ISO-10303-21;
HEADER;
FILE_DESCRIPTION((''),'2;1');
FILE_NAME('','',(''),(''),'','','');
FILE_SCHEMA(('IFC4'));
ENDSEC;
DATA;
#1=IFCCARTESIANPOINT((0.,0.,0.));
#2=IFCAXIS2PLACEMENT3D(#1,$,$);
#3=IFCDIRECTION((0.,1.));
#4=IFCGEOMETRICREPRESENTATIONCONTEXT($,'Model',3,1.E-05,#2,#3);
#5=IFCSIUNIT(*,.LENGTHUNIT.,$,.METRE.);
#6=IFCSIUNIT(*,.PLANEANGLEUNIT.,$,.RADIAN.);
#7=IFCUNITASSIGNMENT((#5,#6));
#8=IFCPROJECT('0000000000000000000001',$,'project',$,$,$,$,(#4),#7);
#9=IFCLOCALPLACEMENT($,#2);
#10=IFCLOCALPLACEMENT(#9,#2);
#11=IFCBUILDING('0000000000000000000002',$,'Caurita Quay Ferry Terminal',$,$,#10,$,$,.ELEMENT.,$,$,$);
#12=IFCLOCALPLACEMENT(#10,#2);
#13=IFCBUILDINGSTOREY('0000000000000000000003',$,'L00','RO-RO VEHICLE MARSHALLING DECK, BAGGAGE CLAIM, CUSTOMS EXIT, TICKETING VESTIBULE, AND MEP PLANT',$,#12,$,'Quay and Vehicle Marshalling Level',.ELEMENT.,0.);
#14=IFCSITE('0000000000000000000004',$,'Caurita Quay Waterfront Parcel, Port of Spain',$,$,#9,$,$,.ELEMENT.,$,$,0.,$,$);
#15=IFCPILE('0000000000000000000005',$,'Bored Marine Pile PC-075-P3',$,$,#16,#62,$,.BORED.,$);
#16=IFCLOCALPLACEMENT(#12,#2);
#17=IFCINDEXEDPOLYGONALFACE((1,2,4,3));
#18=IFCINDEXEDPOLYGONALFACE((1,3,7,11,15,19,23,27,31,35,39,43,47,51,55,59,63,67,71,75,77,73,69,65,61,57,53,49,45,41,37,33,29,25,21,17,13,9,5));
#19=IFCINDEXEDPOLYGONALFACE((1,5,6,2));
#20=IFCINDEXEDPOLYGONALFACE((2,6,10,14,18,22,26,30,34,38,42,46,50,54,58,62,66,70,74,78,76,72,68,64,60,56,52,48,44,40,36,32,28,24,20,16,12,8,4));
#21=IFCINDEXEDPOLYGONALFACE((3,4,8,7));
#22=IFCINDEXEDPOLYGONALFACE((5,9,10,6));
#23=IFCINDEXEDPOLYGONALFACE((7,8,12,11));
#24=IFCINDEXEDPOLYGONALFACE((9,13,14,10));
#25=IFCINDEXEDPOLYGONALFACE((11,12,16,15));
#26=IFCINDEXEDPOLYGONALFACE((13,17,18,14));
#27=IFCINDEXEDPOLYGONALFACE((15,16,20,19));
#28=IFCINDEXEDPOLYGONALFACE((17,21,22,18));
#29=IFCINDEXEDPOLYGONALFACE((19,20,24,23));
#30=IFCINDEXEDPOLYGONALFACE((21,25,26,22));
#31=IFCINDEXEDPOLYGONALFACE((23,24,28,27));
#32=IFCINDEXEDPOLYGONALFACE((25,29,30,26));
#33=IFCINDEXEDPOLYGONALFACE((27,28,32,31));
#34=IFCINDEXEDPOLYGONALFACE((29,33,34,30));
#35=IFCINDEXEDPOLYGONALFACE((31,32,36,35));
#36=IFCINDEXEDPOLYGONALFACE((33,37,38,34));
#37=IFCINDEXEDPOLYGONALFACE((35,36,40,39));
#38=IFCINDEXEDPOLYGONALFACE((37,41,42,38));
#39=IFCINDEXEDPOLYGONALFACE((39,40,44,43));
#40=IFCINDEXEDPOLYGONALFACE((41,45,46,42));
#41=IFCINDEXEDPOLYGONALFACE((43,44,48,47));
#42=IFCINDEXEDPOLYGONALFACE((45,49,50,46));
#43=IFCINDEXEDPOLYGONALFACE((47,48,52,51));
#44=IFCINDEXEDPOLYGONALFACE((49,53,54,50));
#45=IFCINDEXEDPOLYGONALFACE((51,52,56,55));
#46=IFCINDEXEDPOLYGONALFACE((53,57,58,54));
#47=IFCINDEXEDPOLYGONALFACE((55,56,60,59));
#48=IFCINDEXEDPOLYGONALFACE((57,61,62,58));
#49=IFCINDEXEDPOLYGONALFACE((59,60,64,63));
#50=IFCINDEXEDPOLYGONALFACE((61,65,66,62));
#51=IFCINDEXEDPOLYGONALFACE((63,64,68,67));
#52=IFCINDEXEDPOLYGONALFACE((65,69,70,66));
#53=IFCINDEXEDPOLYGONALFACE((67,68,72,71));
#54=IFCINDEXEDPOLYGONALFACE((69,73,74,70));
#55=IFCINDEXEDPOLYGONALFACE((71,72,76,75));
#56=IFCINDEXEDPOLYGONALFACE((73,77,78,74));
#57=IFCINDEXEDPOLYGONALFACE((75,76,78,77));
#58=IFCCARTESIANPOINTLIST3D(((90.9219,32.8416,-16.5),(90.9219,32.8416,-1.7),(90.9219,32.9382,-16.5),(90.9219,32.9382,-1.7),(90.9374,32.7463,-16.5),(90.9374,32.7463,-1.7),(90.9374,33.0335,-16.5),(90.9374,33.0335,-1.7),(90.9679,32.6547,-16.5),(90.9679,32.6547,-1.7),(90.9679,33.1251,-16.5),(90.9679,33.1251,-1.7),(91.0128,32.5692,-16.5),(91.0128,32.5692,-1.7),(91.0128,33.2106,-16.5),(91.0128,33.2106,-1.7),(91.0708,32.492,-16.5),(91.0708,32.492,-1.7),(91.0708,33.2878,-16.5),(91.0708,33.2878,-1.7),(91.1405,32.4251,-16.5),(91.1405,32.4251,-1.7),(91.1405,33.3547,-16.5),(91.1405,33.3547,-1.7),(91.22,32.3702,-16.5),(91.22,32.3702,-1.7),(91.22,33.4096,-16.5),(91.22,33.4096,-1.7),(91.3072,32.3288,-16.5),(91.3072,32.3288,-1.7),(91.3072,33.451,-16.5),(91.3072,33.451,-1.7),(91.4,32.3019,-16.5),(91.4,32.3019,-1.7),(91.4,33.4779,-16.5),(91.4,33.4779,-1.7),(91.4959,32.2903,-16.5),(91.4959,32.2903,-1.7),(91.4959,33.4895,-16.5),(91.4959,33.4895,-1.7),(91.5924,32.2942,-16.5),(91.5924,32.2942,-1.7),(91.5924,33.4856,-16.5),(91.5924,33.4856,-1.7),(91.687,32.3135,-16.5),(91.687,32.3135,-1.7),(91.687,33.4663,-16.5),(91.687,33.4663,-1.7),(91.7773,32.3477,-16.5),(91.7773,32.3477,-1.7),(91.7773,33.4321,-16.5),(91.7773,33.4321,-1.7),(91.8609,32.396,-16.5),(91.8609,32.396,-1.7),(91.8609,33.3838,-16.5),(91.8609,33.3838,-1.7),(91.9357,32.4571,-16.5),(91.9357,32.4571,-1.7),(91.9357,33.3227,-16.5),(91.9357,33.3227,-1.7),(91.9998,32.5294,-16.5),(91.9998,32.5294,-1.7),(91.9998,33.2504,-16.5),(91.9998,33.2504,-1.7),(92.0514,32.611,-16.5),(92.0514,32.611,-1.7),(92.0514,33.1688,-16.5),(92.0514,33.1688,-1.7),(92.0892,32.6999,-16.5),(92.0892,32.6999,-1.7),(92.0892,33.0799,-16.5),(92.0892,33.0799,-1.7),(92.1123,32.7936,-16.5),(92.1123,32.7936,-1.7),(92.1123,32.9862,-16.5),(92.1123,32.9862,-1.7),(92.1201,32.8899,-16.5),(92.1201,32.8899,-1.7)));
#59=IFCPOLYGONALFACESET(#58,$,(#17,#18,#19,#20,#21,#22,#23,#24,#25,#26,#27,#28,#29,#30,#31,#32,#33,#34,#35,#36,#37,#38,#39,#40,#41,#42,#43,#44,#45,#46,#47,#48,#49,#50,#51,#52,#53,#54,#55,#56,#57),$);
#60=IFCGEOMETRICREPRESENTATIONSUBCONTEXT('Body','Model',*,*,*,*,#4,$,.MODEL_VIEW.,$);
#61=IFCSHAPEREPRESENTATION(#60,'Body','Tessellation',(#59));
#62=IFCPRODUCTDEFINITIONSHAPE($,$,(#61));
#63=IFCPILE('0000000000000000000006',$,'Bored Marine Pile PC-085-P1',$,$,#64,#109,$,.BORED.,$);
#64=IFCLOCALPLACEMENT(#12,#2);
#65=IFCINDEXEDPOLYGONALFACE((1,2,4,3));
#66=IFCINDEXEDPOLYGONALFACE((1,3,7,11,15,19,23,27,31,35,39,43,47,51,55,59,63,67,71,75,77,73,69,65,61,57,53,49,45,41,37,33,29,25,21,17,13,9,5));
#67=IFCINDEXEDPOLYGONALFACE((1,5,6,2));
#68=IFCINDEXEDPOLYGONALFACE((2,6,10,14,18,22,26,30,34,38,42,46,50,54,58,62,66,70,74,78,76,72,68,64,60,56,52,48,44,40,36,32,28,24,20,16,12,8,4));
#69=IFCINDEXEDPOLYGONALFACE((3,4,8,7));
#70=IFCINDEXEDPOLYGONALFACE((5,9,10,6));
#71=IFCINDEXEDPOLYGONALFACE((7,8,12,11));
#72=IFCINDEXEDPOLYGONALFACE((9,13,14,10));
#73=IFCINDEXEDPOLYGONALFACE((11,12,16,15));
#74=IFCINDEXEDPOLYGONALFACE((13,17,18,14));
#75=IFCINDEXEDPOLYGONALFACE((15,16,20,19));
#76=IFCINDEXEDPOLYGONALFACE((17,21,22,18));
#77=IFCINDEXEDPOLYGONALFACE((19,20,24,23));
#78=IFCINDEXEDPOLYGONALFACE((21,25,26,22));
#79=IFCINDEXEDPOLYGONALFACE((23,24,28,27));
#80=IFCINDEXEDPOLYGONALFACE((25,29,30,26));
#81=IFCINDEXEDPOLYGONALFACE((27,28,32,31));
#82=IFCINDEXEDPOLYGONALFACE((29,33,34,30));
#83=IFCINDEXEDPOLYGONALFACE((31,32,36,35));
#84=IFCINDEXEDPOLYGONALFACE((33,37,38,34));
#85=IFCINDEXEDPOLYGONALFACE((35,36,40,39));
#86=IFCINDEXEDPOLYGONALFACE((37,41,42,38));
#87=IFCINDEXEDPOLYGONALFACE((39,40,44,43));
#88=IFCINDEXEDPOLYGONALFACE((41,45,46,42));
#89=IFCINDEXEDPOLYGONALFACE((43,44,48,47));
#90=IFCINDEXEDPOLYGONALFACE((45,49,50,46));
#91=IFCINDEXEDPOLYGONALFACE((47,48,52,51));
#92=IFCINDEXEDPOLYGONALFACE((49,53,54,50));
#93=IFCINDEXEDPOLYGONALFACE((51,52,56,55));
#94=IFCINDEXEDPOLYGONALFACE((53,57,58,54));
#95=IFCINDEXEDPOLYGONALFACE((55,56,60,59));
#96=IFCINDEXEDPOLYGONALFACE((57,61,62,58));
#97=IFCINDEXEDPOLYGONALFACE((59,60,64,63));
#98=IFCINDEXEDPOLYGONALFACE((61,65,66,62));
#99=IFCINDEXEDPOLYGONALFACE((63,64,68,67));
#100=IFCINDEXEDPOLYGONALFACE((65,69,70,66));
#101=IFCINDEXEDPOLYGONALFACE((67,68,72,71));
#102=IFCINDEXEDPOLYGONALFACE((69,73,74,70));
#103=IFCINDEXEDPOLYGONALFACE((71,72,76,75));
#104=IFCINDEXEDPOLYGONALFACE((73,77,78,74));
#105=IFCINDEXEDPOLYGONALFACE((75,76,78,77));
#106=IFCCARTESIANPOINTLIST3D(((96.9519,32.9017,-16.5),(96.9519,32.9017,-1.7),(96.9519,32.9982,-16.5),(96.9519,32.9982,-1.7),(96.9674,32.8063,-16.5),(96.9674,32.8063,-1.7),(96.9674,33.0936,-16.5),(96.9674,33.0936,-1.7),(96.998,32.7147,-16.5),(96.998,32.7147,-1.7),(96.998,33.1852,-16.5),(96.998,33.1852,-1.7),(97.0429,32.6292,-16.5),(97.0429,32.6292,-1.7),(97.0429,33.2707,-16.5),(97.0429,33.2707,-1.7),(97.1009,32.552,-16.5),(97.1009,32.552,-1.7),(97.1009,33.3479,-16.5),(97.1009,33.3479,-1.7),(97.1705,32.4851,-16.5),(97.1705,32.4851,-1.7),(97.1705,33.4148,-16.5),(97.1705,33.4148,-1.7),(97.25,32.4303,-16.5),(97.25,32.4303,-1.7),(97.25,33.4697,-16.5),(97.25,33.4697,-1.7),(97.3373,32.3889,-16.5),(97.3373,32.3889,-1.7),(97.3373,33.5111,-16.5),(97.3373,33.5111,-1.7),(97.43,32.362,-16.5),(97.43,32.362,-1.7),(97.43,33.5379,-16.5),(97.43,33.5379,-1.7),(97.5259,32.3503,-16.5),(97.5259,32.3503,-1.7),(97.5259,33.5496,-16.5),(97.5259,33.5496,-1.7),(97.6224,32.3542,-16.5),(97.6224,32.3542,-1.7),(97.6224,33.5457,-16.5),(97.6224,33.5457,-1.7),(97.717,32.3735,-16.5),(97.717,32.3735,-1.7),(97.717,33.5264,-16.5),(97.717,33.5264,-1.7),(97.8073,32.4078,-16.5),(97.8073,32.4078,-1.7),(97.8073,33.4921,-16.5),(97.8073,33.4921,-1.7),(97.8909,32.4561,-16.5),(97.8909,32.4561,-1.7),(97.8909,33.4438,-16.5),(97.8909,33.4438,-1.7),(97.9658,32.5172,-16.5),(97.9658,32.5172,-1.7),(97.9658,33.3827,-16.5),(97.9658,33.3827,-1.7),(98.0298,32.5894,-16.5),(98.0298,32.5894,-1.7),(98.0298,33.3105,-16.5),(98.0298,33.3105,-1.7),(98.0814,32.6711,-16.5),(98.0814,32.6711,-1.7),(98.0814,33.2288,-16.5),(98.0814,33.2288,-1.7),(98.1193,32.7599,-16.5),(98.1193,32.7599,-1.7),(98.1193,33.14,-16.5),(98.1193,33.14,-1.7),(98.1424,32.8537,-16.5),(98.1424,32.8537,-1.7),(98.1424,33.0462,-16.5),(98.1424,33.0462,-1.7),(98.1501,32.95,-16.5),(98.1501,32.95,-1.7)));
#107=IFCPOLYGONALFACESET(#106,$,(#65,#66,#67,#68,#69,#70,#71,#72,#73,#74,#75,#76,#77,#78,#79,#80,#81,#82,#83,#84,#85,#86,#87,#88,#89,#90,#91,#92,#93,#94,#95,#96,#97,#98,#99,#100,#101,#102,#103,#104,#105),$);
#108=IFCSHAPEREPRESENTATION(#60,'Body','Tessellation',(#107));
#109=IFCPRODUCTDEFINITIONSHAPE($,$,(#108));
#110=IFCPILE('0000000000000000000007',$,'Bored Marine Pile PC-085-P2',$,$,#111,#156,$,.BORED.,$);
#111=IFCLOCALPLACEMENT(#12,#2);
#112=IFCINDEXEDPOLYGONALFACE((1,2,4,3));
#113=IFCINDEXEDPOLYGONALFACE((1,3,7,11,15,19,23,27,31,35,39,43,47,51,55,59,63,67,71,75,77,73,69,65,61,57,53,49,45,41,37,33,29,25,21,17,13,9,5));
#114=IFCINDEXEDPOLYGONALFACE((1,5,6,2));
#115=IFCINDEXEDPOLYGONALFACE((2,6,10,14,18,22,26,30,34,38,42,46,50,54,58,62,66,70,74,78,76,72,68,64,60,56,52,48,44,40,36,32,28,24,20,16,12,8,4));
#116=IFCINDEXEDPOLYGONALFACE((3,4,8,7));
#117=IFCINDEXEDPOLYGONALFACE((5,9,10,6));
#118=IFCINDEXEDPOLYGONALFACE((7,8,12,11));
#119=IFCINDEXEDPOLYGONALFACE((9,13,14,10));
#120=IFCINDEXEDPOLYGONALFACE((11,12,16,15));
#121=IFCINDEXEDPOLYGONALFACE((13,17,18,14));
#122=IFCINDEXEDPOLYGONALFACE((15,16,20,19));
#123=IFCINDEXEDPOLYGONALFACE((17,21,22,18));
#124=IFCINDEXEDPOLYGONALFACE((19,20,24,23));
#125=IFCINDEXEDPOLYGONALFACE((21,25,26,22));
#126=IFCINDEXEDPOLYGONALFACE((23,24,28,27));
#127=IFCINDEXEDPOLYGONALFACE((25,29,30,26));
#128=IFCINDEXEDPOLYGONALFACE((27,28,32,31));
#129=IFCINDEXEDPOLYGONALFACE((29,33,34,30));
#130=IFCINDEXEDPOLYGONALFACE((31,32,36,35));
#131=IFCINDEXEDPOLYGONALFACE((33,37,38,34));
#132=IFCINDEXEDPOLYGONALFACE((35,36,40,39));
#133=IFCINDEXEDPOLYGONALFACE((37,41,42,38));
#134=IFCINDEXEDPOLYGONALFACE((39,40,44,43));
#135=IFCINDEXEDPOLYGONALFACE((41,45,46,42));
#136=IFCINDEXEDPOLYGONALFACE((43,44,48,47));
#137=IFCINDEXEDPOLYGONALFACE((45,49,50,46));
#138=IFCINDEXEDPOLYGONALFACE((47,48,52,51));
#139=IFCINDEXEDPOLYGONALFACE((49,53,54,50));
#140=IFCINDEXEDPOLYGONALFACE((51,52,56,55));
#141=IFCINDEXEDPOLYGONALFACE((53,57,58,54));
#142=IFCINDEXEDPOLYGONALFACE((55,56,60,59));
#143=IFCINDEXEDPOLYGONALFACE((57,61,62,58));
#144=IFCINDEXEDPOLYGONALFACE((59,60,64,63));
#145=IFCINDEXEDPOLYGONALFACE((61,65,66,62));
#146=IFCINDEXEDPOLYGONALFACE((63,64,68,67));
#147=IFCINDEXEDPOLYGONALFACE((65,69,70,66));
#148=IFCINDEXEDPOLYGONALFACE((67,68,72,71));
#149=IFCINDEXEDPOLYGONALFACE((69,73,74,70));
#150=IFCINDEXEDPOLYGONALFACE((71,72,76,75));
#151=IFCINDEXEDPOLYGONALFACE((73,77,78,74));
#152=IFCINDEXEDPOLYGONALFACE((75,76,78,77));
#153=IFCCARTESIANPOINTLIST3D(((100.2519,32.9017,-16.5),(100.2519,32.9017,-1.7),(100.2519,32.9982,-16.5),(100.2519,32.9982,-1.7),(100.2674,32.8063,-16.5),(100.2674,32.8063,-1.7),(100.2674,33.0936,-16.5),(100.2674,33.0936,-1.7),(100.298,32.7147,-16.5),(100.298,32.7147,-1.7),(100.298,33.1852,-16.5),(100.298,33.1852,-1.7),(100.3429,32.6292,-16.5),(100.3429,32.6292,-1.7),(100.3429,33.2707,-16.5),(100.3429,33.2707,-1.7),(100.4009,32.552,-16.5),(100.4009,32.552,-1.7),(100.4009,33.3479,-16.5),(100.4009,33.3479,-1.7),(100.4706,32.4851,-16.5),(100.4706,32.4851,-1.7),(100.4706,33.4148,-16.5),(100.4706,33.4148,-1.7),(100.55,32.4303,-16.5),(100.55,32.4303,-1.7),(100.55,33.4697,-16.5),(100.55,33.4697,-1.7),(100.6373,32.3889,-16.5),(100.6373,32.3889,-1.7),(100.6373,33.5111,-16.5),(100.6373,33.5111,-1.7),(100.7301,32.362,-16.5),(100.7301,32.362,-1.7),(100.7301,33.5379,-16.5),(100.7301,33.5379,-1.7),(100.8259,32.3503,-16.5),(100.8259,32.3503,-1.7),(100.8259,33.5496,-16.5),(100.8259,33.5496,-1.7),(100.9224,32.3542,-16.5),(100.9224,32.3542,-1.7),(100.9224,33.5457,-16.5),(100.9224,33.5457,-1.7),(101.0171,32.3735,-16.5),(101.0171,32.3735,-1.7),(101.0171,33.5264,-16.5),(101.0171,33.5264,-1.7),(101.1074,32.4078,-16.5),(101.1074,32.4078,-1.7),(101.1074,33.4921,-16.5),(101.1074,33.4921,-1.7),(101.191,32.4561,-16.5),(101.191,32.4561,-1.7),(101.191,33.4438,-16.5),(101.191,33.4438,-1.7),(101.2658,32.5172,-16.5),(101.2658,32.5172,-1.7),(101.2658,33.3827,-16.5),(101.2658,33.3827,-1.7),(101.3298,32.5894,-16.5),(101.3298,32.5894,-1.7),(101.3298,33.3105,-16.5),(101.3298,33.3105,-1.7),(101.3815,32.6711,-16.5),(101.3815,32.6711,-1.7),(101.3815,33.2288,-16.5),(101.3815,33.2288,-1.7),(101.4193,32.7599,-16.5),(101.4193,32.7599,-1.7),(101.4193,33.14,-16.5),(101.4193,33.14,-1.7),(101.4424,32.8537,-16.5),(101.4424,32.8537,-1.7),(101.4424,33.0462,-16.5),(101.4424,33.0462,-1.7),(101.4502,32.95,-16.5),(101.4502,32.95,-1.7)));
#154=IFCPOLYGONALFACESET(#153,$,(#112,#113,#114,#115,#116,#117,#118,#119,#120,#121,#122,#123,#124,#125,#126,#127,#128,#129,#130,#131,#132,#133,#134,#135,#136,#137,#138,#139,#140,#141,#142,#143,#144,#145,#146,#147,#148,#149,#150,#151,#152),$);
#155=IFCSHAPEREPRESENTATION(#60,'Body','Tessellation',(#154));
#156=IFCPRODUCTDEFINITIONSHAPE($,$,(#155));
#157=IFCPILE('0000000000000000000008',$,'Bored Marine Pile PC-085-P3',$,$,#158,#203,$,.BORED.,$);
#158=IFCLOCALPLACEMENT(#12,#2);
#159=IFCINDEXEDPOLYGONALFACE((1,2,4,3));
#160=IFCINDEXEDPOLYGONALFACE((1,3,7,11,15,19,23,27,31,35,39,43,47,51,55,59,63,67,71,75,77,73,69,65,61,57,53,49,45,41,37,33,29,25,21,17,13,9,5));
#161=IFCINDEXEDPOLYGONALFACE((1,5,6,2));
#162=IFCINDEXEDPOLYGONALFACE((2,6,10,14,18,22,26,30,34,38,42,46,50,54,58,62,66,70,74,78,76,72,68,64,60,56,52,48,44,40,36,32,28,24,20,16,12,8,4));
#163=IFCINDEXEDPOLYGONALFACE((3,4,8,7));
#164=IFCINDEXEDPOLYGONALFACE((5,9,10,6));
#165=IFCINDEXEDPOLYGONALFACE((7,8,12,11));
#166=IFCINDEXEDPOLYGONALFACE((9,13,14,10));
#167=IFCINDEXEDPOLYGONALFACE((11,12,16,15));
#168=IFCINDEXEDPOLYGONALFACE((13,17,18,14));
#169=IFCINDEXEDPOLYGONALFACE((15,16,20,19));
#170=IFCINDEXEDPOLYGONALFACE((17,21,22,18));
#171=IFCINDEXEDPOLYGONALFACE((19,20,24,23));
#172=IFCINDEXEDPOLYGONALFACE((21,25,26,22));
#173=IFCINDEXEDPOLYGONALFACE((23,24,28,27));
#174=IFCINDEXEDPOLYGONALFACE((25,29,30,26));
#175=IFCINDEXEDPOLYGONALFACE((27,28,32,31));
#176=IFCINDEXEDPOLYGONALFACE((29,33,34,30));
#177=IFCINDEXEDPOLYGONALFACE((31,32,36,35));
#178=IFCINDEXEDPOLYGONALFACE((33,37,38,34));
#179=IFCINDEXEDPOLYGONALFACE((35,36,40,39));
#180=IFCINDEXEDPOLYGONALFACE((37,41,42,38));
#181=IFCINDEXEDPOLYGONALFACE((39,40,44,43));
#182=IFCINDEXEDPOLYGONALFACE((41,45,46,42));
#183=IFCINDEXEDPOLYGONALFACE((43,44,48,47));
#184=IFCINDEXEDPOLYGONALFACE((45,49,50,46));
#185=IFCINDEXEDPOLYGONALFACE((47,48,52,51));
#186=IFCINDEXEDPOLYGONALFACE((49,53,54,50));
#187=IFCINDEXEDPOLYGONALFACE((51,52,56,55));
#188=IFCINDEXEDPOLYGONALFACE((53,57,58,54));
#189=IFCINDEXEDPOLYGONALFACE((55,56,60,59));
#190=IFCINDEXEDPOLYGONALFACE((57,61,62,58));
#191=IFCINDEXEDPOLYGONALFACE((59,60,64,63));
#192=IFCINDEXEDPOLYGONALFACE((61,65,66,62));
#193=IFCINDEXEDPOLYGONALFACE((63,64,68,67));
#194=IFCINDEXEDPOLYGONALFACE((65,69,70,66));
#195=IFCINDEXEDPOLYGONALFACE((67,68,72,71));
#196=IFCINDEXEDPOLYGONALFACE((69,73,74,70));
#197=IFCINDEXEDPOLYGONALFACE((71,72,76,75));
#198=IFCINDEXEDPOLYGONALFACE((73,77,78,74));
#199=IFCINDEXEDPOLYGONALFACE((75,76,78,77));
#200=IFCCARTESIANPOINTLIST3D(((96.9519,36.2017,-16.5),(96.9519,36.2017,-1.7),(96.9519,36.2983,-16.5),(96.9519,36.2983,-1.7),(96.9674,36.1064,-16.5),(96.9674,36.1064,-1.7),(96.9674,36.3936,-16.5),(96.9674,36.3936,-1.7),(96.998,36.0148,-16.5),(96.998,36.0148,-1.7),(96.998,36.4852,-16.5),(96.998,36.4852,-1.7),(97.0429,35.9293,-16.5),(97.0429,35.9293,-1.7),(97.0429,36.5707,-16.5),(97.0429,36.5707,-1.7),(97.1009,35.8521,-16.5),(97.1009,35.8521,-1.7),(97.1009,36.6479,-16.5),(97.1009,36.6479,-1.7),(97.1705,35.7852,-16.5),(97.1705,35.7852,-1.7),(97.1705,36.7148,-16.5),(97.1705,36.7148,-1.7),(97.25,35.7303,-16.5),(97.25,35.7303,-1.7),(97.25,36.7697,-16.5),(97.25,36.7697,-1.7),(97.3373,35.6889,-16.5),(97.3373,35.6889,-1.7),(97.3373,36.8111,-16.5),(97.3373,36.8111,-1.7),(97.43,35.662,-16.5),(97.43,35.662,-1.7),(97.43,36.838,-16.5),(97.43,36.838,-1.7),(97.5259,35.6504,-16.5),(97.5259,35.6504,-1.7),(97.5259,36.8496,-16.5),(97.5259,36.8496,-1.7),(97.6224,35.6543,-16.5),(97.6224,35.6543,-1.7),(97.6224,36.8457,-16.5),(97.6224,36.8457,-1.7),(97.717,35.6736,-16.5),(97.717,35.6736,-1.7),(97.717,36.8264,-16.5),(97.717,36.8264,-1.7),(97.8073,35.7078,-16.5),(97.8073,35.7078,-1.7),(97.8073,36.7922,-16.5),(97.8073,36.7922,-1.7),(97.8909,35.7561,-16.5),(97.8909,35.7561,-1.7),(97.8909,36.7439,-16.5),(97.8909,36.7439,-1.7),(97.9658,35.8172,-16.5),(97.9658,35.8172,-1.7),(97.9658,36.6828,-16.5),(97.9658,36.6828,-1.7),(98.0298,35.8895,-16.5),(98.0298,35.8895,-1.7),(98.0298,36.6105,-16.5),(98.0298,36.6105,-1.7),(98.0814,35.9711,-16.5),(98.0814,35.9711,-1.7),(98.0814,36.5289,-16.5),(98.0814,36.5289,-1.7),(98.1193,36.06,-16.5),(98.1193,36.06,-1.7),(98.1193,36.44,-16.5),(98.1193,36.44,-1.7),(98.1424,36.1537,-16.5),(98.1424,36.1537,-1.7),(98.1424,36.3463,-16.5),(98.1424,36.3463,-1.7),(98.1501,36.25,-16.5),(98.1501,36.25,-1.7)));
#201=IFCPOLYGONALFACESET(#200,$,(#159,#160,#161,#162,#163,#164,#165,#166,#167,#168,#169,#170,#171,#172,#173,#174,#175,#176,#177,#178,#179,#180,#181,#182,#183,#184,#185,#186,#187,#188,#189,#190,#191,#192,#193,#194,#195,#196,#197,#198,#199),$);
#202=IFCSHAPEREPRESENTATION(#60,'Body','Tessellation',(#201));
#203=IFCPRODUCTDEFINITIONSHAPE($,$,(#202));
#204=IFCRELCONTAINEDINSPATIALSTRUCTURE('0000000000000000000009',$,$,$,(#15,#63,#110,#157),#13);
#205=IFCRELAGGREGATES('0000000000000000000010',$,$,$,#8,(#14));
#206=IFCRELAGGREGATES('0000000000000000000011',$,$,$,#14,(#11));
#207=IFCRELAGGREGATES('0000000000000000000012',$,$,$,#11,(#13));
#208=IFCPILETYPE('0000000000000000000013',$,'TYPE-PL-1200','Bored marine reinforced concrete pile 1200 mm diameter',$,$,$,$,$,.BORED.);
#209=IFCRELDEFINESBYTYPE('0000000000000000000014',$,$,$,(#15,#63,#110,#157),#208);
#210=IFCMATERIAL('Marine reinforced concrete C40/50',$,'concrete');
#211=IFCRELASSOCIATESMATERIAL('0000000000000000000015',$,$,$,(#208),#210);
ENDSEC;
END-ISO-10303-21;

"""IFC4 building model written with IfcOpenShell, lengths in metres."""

from ifc_helpers import new_model, si_unit, direction, frame, origin, origin_2d, place, context, subcontext, project, spatial, circle, extrude, material, material_profile, profile_set, type_object, element, save


model = new_model("IFC4")

# Units and contexts
model_context = context("Model", 3, precision=1e-05, world=origin(), true_north=direction((0.0, 1.0)))
body_context = subcontext(model_context, "Body", "Model", "MODEL_VIEW")
ifc_project = project(units=[si_unit("LENGTHUNIT", "METRE"), si_unit("PLANEANGLEUNIT", "RADIAN")], contexts=[model_context])

# Site, building, storey
site_placement = place(None, origin())
site = spatial("IfcSite", under=ifc_project, at=site_placement, Name="Caurita Quay Waterfront Parcel, Port of Spain", CompositionType="ELEMENT", RefElevation=0.0)
building_placement = place(site_placement, origin())
building = spatial("IfcBuilding", under=site, at=building_placement, Name="Caurita Quay Ferry Terminal", CompositionType="ELEMENT")
storey_placement = place(building_placement, origin())
storey = spatial("IfcBuildingStorey", under=building, at=storey_placement, Name="L00", Description="RO-RO VEHICLE MARSHALLING DECK, BAGGAGE CLAIM, CUSTOMS EXIT, TICKETING VESTIBULE, AND MEP PLANT", LongName="Quay and Vehicle Marshalling Level", CompositionType="ELEMENT", Elevation=0.0)

# Piles
ifc_material_1 = material(Name="Marine reinforced concrete C40/50", Category="concrete")
ifc_material_profile_1 = material_profile(ifc_material_1, circle(Radius=0.6001, at=origin_2d()), Name="PILE-D1200")
ifc_profile_set_1 = profile_set([ifc_material_profile_1], Name="Marine reinforced concrete C40/50")
pile_type = type_object("IfcPileType", Name="TYPE-PL-1200", Description="Bored marine reinforced concrete pile 1200 mm diameter", PredefinedType="BORED", material=ifc_profile_set_1)
for number, where, z_axis, x_axis, name in (
    (1, (91.52, 32.8899, -1.7), (0.0, 0.0, -1.0), (1.0, 0.0, 0.0), "Bored Marine Pile PC-075-P3"),
    (2, (97.55, 32.95, -1.7), (0.0, 0.0, -1.0), (1.0, 0.0, 0.0), "Bored Marine Pile PC-085-P1"),
    (3, (100.8501, 32.95, -1.7), (0.0, 0.0, -1.0), (1.0, 0.0, 0.0), "Bored Marine Pile PC-085-P2"),
    (4, (97.55, 36.25, -1.7), (0.0, 0.0, -1.0), (1.0, 0.0, 0.0), "Bored Marine Pile PC-085-P3"),
):
    element("IfcPile", number, at=place(storey_placement, frame(where, z_axis=z_axis, x_axis=x_axis)), inside=storey, type_object=pile_type, Name=name, PredefinedType="BORED", context=body_context, shape_type="SweptSolid", body=[
        extrude(circle(Radius=0.6001, at=origin_2d()), origin(), (0.0, 0.0, 1.0), 14.8),
    ])

save(model, "model.ifc")
